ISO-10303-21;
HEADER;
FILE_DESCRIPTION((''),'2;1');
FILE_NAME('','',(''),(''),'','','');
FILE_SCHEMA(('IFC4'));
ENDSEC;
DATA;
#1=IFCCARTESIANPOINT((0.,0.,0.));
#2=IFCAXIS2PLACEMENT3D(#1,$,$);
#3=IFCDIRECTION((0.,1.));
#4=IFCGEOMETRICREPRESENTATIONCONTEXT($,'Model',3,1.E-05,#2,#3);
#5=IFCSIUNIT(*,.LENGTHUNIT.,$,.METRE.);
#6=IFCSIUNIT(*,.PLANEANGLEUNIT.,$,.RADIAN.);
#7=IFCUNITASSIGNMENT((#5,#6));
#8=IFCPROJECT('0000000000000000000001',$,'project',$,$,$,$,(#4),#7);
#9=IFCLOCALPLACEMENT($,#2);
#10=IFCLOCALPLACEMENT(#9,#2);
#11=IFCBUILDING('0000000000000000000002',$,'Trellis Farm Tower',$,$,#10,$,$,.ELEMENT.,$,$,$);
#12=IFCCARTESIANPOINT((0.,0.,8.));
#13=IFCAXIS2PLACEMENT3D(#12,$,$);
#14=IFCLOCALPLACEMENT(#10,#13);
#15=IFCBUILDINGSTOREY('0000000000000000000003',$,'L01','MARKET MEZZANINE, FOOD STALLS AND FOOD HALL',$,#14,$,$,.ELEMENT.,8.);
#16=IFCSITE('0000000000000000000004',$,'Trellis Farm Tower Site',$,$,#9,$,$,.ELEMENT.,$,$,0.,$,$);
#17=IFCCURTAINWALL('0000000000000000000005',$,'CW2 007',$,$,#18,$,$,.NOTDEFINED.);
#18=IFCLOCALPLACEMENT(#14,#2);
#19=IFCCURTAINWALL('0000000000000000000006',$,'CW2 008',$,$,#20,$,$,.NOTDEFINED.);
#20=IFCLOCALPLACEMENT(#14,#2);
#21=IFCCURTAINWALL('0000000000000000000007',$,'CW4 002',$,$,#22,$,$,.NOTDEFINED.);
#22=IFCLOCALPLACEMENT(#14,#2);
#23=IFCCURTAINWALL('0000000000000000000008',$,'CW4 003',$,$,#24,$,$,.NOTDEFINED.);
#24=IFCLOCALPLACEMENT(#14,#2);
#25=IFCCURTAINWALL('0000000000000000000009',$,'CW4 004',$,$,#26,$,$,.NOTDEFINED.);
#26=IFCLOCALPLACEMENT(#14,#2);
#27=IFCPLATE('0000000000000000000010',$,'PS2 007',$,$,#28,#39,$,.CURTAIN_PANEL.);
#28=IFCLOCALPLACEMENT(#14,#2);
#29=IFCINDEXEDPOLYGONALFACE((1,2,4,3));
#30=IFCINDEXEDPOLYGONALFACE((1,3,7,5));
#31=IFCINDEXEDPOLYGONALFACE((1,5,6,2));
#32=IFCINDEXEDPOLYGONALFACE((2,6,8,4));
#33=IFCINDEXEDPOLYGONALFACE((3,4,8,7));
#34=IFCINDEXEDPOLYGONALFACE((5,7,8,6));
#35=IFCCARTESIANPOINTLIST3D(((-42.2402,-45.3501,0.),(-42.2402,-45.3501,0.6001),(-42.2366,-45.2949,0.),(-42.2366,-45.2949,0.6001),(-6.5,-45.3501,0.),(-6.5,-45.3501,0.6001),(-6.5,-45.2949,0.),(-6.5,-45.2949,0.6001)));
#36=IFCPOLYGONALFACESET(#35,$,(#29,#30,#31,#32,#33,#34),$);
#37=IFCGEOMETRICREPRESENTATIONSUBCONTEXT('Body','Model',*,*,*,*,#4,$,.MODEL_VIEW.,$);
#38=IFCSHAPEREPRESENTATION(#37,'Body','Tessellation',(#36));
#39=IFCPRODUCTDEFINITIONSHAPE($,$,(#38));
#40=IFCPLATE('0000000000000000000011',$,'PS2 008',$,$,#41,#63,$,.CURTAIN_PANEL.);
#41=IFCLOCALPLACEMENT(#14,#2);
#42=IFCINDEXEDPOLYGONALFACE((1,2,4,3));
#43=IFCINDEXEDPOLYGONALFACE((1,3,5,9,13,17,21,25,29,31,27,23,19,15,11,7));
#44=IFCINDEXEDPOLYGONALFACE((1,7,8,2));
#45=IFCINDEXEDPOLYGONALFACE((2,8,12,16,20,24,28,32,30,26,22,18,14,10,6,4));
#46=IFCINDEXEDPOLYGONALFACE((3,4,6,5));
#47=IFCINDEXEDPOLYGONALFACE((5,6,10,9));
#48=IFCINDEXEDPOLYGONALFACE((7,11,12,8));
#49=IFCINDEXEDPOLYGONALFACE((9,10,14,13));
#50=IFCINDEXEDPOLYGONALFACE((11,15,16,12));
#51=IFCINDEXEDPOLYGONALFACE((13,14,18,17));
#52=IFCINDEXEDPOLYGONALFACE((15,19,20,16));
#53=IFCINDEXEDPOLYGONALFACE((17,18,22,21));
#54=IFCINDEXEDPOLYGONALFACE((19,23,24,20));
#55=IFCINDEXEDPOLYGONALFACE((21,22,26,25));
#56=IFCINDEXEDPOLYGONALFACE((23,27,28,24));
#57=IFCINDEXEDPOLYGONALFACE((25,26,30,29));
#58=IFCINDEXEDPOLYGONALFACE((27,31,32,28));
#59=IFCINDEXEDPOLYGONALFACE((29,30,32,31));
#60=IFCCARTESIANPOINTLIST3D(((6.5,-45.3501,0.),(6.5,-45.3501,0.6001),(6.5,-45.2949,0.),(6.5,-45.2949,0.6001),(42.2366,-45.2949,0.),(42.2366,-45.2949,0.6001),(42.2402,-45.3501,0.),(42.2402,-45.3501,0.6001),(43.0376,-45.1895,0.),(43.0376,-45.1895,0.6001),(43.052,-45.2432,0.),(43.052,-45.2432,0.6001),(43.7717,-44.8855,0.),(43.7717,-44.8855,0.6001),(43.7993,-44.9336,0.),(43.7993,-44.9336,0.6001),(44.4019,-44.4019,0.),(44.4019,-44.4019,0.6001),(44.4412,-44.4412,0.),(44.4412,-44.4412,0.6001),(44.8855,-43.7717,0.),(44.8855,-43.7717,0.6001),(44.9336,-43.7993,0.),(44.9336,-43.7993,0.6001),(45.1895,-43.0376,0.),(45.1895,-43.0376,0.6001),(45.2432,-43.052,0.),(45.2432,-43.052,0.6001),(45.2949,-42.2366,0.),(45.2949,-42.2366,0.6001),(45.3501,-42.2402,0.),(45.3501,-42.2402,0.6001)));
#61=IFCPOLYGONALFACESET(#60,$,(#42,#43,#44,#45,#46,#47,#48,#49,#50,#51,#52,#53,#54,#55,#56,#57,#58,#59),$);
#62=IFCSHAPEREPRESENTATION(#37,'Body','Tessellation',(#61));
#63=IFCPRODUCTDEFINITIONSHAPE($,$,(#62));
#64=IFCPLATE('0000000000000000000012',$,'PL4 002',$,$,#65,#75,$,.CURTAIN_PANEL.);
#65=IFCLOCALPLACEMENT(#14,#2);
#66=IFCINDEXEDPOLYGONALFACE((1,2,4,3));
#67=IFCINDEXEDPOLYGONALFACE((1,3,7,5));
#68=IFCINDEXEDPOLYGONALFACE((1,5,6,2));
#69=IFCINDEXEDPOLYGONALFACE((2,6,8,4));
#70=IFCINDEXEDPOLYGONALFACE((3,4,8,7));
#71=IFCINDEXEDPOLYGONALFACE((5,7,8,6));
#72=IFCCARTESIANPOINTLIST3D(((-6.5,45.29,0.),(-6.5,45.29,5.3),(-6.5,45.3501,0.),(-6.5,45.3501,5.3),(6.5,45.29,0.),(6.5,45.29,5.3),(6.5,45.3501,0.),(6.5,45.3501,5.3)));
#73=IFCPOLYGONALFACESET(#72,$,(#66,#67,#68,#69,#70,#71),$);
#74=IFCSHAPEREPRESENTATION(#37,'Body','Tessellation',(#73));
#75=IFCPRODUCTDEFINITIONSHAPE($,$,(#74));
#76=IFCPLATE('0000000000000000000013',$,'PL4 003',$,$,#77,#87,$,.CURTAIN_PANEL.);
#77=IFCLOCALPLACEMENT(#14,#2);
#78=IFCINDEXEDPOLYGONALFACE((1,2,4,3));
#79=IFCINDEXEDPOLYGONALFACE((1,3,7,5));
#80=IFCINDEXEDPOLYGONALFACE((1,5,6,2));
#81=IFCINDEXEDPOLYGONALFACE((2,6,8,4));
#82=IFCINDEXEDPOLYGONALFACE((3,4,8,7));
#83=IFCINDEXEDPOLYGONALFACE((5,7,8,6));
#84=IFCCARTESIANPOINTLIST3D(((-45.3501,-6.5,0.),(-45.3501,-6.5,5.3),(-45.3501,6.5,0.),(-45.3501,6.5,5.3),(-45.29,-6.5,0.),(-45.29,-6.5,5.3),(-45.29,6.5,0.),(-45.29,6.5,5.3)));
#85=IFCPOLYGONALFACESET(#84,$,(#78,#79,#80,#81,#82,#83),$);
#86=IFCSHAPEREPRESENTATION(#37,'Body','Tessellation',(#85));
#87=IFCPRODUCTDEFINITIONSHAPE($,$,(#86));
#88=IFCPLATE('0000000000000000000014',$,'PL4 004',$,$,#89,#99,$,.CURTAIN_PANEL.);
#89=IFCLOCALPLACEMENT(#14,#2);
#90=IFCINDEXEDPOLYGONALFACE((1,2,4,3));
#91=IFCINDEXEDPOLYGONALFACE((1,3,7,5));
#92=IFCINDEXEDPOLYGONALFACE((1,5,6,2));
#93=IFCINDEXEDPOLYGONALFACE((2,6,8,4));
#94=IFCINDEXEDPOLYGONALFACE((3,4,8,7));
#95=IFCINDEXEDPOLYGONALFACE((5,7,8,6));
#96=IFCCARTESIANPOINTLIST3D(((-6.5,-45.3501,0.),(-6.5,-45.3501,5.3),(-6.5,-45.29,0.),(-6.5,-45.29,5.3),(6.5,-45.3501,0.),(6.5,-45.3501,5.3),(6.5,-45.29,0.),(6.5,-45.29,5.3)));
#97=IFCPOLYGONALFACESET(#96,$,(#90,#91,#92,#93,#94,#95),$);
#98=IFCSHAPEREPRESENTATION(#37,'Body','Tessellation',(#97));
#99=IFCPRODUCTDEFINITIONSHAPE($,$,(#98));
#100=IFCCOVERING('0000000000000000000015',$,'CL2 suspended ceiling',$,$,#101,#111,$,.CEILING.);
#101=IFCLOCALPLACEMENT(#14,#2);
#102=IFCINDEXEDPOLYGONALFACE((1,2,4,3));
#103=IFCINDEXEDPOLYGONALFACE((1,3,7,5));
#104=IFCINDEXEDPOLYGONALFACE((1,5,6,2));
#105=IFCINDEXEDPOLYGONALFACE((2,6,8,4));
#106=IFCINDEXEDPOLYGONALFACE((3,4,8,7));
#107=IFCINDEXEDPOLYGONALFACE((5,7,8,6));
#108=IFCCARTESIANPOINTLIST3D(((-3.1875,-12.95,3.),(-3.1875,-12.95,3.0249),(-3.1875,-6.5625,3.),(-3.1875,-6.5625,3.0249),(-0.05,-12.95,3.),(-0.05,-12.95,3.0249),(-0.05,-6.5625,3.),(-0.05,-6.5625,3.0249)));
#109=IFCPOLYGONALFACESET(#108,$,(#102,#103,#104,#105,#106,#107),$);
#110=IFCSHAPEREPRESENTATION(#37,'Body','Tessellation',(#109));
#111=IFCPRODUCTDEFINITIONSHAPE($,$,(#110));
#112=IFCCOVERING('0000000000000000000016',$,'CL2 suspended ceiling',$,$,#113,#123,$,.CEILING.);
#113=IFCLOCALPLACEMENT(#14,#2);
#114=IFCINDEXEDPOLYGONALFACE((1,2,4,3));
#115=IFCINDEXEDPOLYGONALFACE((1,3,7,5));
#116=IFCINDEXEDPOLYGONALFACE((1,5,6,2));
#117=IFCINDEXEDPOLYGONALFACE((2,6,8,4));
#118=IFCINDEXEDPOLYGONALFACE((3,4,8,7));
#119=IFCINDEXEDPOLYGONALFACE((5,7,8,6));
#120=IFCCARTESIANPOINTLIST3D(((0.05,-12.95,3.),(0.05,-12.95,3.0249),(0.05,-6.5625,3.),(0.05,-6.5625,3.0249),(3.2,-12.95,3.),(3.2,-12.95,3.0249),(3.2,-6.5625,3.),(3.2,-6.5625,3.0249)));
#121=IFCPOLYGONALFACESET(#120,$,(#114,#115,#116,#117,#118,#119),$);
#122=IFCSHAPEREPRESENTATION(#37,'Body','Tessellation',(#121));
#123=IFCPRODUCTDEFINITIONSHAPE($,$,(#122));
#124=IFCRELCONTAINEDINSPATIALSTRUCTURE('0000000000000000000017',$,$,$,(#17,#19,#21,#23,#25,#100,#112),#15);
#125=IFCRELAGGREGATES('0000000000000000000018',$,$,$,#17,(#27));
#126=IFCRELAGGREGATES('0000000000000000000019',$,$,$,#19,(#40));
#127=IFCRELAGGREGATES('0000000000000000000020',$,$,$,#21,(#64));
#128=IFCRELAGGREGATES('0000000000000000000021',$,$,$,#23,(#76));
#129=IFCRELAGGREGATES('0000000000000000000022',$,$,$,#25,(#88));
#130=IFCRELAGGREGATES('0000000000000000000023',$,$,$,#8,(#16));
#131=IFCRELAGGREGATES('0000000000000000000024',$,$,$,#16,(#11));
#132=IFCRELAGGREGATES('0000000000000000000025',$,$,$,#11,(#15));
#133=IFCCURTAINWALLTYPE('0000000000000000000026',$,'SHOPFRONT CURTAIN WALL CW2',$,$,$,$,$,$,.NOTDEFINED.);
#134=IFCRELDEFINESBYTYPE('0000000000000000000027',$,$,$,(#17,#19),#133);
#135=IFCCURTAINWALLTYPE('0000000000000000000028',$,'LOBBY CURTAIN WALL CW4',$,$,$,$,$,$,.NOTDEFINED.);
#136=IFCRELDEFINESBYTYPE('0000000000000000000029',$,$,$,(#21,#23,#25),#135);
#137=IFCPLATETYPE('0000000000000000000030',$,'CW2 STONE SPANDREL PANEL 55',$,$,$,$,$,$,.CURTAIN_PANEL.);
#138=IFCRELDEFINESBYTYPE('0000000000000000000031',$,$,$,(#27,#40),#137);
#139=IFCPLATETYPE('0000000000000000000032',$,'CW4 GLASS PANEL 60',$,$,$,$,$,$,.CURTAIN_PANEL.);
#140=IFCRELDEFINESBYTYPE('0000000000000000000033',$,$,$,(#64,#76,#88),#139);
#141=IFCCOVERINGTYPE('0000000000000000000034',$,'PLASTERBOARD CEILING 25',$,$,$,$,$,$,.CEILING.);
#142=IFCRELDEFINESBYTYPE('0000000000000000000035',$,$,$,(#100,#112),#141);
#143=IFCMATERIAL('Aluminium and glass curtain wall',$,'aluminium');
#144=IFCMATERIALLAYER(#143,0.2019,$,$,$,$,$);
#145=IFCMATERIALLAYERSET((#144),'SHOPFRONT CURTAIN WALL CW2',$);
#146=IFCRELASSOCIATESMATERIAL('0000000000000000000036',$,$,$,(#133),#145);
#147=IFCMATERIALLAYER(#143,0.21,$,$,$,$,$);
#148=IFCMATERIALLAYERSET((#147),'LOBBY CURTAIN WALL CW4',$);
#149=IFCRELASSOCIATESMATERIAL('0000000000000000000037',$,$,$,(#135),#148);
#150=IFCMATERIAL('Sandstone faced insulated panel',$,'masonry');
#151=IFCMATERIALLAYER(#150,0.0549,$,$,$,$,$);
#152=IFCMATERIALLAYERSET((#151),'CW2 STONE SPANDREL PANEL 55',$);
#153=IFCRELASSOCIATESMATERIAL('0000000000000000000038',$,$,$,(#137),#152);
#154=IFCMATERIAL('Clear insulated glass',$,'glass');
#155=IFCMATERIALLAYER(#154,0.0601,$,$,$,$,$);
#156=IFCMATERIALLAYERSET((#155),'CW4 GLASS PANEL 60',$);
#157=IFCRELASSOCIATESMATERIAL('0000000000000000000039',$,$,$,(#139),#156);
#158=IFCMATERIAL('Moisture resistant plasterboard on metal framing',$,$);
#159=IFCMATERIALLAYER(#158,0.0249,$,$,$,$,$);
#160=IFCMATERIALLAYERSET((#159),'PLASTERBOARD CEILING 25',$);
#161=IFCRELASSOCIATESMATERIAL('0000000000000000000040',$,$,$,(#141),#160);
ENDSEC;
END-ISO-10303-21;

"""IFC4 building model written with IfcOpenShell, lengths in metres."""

from ifc_helpers import new_model, si_unit, direction, frame, origin, place, context, subcontext, project, spatial, polyline, outline, extrude, source, transform, mapped, material, layer, layer_set, type_object, element, aggregate, save


model = new_model("IFC4")

# Units and contexts
model_context = context("Model", 3, precision=1e-05, world=origin(), true_north=direction((0.0, 1.0)))
body_context = subcontext(model_context, "Body", "Model", "MODEL_VIEW")
ifc_project = project(units=[si_unit("LENGTHUNIT", "METRE"), si_unit("PLANEANGLEUNIT", "RADIAN")], contexts=[model_context])

# Site, building, storey
site_placement = place(None, origin())
site = spatial("IfcSite", under=ifc_project, at=site_placement, Name="Trellis Farm Tower Site", CompositionType="ELEMENT", RefElevation=0.0)
building_placement = place(site_placement, origin())
building = spatial("IfcBuilding", under=site, at=building_placement, Name="Trellis Farm Tower", CompositionType="ELEMENT")
storey_placement = place(building_placement, frame((0.0, 0.0, 8.0)))
storey = spatial("IfcBuildingStorey", under=building, at=storey_placement, Name="L01", Description="MARKET MEZZANINE, FOOD STALLS AND FOOD HALL", CompositionType="ELEMENT", Elevation=8.0)

# Curtain walls
ifc_material_1 = material(Name="Aluminium and glass curtain wall", Category="aluminium")
ifc_layer_1 = layer(ifc_material_1, 0.2019)
ifc_layer_set_1 = layer_set([ifc_layer_1], Name="SHOPFRONT CURTAIN WALL CW2")
curtain_wall_type_1 = type_object("IfcCurtainWallType", Name="SHOPFRONT CURTAIN WALL CW2", PredefinedType="NOTDEFINED", material=ifc_layer_set_1)
placement_1 = place(storey_placement, origin())
curtain_wall_1 = element("IfcCurtainWall", 1, at=placement_1, inside=storey, type_object=curtain_wall_type_1, Name="CW2 007", PredefinedType="NOTDEFINED")
curtain_wall_2 = element("IfcCurtainWall", 2, at=placement_1, inside=storey, type_object=curtain_wall_type_1, Name="CW2 008", PredefinedType="NOTDEFINED")
ifc_layer_2 = layer(ifc_material_1, 0.21)
ifc_layer_set_2 = layer_set([ifc_layer_2], Name="LOBBY CURTAIN WALL CW4")
curtain_wall_type_2 = type_object("IfcCurtainWallType", Name="LOBBY CURTAIN WALL CW4", PredefinedType="NOTDEFINED", material=ifc_layer_set_2)
curtain_wall_3 = element("IfcCurtainWall", 3, at=placement_1, inside=storey, type_object=curtain_wall_type_2, Name="CW4 002", PredefinedType="NOTDEFINED")
curtain_wall_4 = element("IfcCurtainWall", 4, at=placement_1, inside=storey, type_object=curtain_wall_type_2, Name="CW4 003", PredefinedType="NOTDEFINED")
curtain_wall_5 = element("IfcCurtainWall", 5, at=placement_1, inside=storey, type_object=curtain_wall_type_2, Name="CW4 004", PredefinedType="NOTDEFINED")

# Plates
ifc_material_2 = material(Name="Clear insulated glass", Category="glass")
ifc_material_3 = material(Name="Sandstone faced insulated panel", Category="masonry")
ifc_layer_3 = layer(ifc_material_3, 0.0549)
ifc_layer_set_3 = layer_set([ifc_layer_3], Name="CW2 STONE SPANDREL PANEL 55")
plate_type_1 = type_object("IfcPlateType", Name="CW2 STONE SPANDREL PANEL 55", PredefinedType="CURTAIN_PANEL", material=ifc_layer_set_3)
plate_1 = element("IfcPlate", 6, at=placement_1, type_object=plate_type_1, Name="PS2 007", PredefinedType="CURTAIN_PANEL", context=body_context, shape_type="SweptSolid", body=[
    extrude(outline(polyline([(-42.2402, -45.3501), (-6.5, -45.3501), (-6.5, -45.2949), (-42.2366, -45.2949), (-42.2402, -45.3501)])), origin(), (0.0, 0.0, 1.0), 0.6001),
])
aggregate(curtain_wall_1, [plate_1])
plate_2 = element("IfcPlate", 7, at=placement_1, type_object=plate_type_1, Name="PS2 008", PredefinedType="CURTAIN_PANEL", context=body_context, shape_type="SweptSolid", body=[
    extrude(outline(polyline([(6.5, -45.3501), (42.2402, -45.3501), (43.052, -45.2432), (43.7993, -44.9336), (44.4412, -44.4412), (44.9336, -43.7993), (45.2432, -43.052), (45.3501, -42.2402), (45.2949, -42.2366), (45.1895, -43.0376), (44.8855, -43.7717), (44.4019, -44.4019), (43.7717, -44.8855), (43.0376, -45.1895), (42.2366, -45.2949), (6.5, -45.2949), (6.5, -45.3501)])), origin(), (0.0, 0.0, 1.0), 0.6001),
])
aggregate(curtain_wall_2, [plate_2])
ifc_layer_4 = layer(ifc_material_2, 0.0601)
ifc_layer_set_4 = layer_set([ifc_layer_4], Name="CW4 GLASS PANEL 60")
plate_type_2 = type_object("IfcPlateType", Name="CW4 GLASS PANEL 60", PredefinedType="CURTAIN_PANEL", material=ifc_layer_set_4)
plate_3 = element("IfcPlate", 8, at=placement_1, type_object=plate_type_2, Name="PL4 002", PredefinedType="CURTAIN_PANEL", context=body_context, shape_type="SweptSolid", body=[
    extrude(outline(polyline([(6.5, 45.3501), (-6.5, 45.3501), (-6.5, 45.29), (6.5, 45.29), (6.5, 45.3501)])), origin(), (0.0, 0.0, 1.0), 5.3),
])
aggregate(curtain_wall_3, [plate_3])
plate_4 = element("IfcPlate", 9, at=placement_1, type_object=plate_type_2, Name="PL4 003", PredefinedType="CURTAIN_PANEL", context=body_context, shape_type="SweptSolid", body=[
    extrude(outline(polyline([(-45.3501, 6.5), (-45.3501, -6.5), (-45.29, -6.5), (-45.29, 6.5), (-45.3501, 6.5)])), origin(), (0.0, 0.0, 1.0), 5.3),
])
aggregate(curtain_wall_4, [plate_4])
plate_5 = element("IfcPlate", 10, at=placement_1, type_object=plate_type_2, Name="PL4 004", PredefinedType="CURTAIN_PANEL", context=body_context, shape_type="SweptSolid", body=[
    extrude(outline(polyline([(-6.5, -45.3501), (6.5, -45.3501), (6.5, -45.29), (-6.5, -45.29), (-6.5, -45.3501)])), origin(), (0.0, 0.0, 1.0), 5.3),
])
aggregate(curtain_wall_5, [plate_5])

# Coverings
ifc_material_4 = material(Name="Moisture resistant plasterboard on metal framing")
ifc_layer_5 = layer(ifc_material_4, 0.0249)
ifc_layer_set_5 = layer_set([ifc_layer_5], Name="PLASTERBOARD CEILING 25")
covering_type = type_object("IfcCoveringType", Name="PLASTERBOARD CEILING 25", PredefinedType="CEILING", material=ifc_layer_set_5)
placement_2 = place(storey_placement, frame((0.0, 0.0, 3.0)))
element("IfcCovering", 11, at=placement_2, inside=storey, type_object=covering_type, Name="CL2 suspended ceiling", PredefinedType="CEILING", context=body_context, shape_type="SweptSolid", body=[
    extrude(outline(polyline([(-3.1875, -6.5625), (-0.05, -6.5625), (-0.05, -12.95), (-3.1875, -12.95), (-3.1875, -6.5625)])), origin(), (0.0, 0.0, 1.0), 0.0249),
])
shared_shape = source(origin(), body_context, "Body", "SweptSolid", [
    extrude(outline(polyline([(3.2, -12.95), (0.05, -12.95), (0.05, -6.5625), (3.2, -6.5625), (3.2, -12.95)])), origin(), (0.0, 0.0, 1.0), 0.0249),
])
element("IfcCovering", 12, at=placement_2, inside=storey, type_object=covering_type, Name="CL2 suspended ceiling", PredefinedType="CEILING", context=body_context, shape_type="MappedRepresentation", body=[
    mapped(shared_shape, transform((0.0, 0.0, 0.0))),
])

save(model, "model.ifc")
